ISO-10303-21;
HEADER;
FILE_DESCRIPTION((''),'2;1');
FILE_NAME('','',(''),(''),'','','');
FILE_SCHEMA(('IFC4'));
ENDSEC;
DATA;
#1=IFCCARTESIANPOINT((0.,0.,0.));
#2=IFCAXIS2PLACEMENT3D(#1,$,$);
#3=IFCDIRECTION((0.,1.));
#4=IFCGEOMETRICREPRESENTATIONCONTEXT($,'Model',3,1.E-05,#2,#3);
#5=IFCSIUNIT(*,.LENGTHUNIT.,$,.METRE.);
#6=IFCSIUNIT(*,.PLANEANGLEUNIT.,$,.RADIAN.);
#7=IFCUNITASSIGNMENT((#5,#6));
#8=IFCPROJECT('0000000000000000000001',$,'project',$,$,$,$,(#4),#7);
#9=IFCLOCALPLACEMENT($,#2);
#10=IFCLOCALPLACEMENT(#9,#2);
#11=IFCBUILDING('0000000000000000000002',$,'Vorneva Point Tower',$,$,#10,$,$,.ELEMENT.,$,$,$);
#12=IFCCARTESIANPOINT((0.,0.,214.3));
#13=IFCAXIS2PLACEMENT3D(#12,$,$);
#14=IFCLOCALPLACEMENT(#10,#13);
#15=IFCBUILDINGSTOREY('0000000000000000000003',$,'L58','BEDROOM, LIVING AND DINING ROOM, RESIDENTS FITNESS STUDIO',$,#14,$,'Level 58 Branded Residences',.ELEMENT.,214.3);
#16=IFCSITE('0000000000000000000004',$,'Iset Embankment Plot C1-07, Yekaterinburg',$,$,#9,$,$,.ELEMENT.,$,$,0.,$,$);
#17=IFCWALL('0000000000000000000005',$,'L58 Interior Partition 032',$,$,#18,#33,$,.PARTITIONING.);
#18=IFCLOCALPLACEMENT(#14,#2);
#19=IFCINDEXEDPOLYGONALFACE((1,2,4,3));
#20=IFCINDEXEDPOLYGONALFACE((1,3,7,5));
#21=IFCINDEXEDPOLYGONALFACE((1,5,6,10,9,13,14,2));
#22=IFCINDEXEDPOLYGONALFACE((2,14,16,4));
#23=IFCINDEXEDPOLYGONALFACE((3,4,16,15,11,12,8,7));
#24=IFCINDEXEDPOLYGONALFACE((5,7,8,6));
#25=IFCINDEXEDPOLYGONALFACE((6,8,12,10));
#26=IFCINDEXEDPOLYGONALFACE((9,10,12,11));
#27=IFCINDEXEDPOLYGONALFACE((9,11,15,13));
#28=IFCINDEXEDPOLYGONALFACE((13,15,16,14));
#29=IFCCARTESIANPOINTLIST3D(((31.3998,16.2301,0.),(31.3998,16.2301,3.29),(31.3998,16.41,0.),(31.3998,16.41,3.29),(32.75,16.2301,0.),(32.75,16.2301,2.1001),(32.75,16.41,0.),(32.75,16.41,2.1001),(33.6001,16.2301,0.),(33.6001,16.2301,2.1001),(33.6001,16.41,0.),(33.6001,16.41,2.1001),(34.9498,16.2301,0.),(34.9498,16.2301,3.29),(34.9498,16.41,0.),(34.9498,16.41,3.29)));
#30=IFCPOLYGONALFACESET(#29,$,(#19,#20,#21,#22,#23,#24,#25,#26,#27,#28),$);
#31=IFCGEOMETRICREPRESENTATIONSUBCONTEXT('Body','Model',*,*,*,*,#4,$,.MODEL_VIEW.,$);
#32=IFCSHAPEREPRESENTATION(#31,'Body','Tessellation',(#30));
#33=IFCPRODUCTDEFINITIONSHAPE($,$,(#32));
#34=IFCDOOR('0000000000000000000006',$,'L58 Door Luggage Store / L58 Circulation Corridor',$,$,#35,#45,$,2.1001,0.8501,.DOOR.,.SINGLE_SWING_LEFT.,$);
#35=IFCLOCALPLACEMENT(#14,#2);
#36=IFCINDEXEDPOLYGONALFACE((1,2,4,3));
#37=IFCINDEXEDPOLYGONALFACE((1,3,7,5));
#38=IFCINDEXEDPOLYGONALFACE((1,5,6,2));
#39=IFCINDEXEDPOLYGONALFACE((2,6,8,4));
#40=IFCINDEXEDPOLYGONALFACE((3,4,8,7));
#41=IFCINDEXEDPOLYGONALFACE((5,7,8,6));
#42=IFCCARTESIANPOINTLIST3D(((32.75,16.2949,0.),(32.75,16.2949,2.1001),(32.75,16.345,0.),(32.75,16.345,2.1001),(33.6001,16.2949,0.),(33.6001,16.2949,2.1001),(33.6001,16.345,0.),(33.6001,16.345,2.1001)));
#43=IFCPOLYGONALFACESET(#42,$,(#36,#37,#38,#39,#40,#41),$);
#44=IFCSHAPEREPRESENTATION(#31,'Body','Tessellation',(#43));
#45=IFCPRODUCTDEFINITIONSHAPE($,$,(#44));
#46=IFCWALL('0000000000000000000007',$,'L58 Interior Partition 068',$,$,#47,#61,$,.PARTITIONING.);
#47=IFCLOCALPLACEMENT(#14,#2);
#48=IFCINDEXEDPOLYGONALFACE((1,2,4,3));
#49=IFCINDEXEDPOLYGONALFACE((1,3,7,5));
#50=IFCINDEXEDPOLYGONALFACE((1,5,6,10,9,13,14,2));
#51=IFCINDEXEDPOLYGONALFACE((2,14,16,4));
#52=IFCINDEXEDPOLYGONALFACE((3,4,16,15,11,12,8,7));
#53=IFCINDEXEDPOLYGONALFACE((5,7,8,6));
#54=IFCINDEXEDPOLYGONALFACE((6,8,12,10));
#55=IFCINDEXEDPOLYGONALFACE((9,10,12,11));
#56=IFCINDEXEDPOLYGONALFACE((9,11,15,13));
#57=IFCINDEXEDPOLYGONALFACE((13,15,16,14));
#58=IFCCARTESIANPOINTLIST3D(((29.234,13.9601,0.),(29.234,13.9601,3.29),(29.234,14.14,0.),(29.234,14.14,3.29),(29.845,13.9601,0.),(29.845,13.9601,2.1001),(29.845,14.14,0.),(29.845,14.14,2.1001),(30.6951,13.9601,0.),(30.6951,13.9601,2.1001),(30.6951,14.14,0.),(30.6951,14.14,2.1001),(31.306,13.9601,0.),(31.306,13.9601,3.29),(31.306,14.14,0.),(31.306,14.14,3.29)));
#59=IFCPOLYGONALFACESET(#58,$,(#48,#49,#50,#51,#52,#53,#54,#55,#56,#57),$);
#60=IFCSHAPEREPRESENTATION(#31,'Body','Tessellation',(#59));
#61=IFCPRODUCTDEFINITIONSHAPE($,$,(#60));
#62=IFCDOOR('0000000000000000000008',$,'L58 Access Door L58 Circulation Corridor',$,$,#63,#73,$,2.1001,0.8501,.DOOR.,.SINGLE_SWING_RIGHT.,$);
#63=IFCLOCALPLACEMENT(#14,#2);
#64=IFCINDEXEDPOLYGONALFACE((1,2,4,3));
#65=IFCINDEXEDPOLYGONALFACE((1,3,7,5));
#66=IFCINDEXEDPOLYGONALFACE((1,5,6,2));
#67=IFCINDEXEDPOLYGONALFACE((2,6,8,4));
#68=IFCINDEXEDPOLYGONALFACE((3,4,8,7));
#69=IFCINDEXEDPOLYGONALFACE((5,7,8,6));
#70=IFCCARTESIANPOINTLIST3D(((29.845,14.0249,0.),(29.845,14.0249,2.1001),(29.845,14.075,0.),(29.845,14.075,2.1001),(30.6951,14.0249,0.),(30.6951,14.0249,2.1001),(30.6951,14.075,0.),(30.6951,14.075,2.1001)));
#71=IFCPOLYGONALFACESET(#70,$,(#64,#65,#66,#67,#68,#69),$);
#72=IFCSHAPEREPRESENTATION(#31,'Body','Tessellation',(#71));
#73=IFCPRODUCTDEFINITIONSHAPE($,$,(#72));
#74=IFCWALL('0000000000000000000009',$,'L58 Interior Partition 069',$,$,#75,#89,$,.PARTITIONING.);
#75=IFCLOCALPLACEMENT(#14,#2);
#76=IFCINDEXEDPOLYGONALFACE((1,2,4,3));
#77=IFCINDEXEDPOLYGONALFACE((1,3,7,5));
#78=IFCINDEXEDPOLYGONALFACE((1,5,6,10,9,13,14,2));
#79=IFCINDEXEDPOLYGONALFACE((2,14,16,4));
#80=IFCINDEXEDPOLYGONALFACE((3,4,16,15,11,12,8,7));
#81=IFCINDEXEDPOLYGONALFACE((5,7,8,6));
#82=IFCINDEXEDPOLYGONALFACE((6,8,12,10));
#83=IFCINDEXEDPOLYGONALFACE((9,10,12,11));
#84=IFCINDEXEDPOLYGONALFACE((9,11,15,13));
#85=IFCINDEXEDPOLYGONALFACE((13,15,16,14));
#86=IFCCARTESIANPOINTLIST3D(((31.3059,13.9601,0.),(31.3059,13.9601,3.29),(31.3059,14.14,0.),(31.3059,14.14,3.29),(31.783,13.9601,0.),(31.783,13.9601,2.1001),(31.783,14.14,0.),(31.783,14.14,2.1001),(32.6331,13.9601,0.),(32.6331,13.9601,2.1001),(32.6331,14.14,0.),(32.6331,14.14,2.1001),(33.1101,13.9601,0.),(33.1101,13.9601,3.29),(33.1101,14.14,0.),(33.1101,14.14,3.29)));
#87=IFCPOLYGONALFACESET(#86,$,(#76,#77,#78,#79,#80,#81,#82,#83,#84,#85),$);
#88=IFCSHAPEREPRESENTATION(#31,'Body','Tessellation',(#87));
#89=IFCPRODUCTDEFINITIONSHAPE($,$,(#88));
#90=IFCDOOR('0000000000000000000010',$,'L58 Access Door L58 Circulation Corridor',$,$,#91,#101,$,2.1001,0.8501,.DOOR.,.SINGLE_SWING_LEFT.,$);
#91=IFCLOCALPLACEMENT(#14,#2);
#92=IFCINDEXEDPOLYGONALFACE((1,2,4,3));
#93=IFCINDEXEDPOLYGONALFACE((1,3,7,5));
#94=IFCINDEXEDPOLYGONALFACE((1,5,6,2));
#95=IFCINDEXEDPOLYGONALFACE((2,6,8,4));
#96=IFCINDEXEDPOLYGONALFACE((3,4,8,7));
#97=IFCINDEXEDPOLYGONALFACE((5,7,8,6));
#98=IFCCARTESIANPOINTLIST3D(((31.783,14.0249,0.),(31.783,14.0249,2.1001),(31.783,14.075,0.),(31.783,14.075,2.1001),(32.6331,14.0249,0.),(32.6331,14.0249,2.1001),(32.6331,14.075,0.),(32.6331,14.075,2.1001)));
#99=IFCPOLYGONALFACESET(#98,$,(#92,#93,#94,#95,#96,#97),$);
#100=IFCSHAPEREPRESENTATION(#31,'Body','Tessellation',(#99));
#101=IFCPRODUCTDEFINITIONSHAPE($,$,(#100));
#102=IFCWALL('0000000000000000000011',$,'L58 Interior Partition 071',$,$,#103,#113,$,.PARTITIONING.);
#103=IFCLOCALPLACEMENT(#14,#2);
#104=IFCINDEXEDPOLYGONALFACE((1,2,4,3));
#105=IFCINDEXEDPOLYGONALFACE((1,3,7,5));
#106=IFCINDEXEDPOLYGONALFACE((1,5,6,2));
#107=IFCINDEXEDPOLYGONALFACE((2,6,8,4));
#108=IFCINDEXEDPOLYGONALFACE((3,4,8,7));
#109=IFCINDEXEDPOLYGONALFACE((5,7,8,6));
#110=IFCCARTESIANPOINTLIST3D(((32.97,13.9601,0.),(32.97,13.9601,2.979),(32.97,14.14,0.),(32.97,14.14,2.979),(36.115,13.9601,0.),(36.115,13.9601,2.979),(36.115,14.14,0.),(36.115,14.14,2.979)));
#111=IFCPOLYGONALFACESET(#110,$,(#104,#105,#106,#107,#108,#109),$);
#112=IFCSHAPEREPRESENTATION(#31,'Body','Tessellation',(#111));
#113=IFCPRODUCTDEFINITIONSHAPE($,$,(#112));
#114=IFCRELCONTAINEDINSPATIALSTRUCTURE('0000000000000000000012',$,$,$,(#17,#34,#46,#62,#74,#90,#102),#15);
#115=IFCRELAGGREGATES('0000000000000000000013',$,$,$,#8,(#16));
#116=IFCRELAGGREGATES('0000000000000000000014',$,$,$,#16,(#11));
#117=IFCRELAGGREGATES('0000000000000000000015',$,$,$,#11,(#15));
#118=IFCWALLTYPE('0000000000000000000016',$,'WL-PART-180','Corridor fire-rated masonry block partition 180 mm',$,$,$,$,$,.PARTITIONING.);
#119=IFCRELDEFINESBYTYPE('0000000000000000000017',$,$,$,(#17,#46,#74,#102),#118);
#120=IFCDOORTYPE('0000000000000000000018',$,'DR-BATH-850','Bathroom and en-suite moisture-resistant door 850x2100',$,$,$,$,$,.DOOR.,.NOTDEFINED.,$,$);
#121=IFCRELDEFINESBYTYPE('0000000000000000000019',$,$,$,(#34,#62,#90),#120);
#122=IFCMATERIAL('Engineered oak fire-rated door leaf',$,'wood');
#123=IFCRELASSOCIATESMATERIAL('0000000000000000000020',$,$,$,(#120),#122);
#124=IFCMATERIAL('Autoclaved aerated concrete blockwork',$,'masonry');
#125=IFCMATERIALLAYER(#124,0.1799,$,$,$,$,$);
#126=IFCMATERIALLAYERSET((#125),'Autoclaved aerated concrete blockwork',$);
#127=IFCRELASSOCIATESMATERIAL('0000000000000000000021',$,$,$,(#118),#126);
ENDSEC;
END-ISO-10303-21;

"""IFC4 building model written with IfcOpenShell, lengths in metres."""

from ifc_helpers import new_model, si_unit, direction, frame, frame_2d, origin, place, context, subcontext, project, spatial, rectangle, extrude, material, layer, layer_set, type_object, element, fill, save


model = new_model("IFC4")

# Units and contexts
model_context = context("Model", 3, precision=1e-05, world=origin(), true_north=direction((0.0, 1.0)))
body_context = subcontext(model_context, "Body", "Model", "MODEL_VIEW")
ifc_project = project(units=[si_unit("LENGTHUNIT", "METRE"), si_unit("PLANEANGLEUNIT", "RADIAN")], contexts=[model_context])

# Site, building, storey
site_placement = place(None, origin())
site = spatial("IfcSite", under=ifc_project, at=site_placement, Name="Iset Embankment Plot C1-07, Yekaterinburg", CompositionType="ELEMENT", RefElevation=0.0)
building_placement = place(site_placement, origin())
building = spatial("IfcBuilding", under=site, at=building_placement, Name="Vorneva Point Tower", CompositionType="ELEMENT")
storey_placement = place(building_placement, frame((0.0, 0.0, 214.3)))
storey = spatial("IfcBuildingStorey", under=building, at=storey_placement, Name="L58", Description="BEDROOM, LIVING AND DINING ROOM, RESIDENTS FITNESS STUDIO", LongName="Level 58 Branded Residences", CompositionType="ELEMENT", Elevation=214.3)

# Shared definitions
ifc_material_1 = material(Name="Engineered oak fire-rated door leaf", Category="wood")
door_type_1 = type_object("IfcDoorType", Name="DR-BATH-850", Description="Bathroom and en-suite moisture-resistant door 850x2100", OperationType="NOTDEFINED", PredefinedType="DOOR", material=ifc_material_1)

# Walls, openings, doors
ifc_material_2 = material(Name="Autoclaved aerated concrete blockwork", Category="masonry")
ifc_layer_1 = layer(ifc_material_2, 0.1799)
ifc_layer_set_1 = layer_set([ifc_layer_1], Name="Autoclaved aerated concrete blockwork")
wall_type_1 = type_object("IfcWallType", Name="WL-PART-180", Description="Corridor fire-rated masonry block partition 180 mm", PredefinedType="PARTITIONING", material=ifc_layer_set_1)
wall_1_placement = place(storey_placement, frame((31.3999, 16.3201, 0.0), z_axis=(0.0, 0.0, 1.0), x_axis=(1.0, 0.0, 0.0)))
wall_1 = element("IfcWall", 1, at=wall_1_placement, inside=storey, type_object=wall_type_1, Name="L58 Interior Partition 032", PredefinedType="PARTITIONING", context=body_context, shape_type="SweptSolid", body=[
    extrude(rectangle(XDim=3.55, YDim=0.1799, at=frame_2d((1.7749, 0.0))), origin(), (0.0, 0.0, 1.0), 3.29),
])
opening_1_placement = place(wall_1_placement, frame((1.3501, 0.0, 0.0)))
opening_1 = element("IfcOpeningElement", 2, at=opening_1_placement, cuts=wall_1, PredefinedType="OPENING", context=body_context, shape_type="SweptSolid", body=[
    extrude(rectangle(XDim=0.8501, YDim=2.1001, at=frame_2d((0.425, 1.05))), frame((0.0, 0.105, 0.0), z_axis=(0.0, -1.0, 0.0), x_axis=(1.0, 0.0, 0.0)), (0.0, 0.0, 1.0), 0.2097),
])
door_1_placement = place(opening_1_placement, origin())
door_1 = element("IfcDoor", 3, at=door_1_placement, inside=storey, type_object=door_type_1, Name="L58 Door Luggage Store / L58 Circulation Corridor", OperationType="SINGLE_SWING_LEFT", OverallHeight=2.1001, OverallWidth=0.8501, PredefinedType="DOOR", context=body_context, shape_type="SweptSolid", body=[
    extrude(rectangle(XDim=0.8501, YDim=2.1001, at=frame_2d((0.425, 1.05))), frame((0.0, 0.0249, 0.0), z_axis=(0.0, -1.0, 0.0), x_axis=(1.0, 0.0, 0.0)), (0.0, 0.0, 1.0), 0.05),
])
fill(opening_1, door_1)
wall_2_placement = place(storey_placement, frame((29.2339, 14.05, 0.0), z_axis=(0.0, 0.0, 1.0), x_axis=(1.0, 0.0, 0.0)))
wall_2 = element("IfcWall", 4, at=wall_2_placement, inside=storey, type_object=wall_type_1, Name="L58 Interior Partition 068", PredefinedType="PARTITIONING", context=body_context, shape_type="SweptSolid", body=[
    extrude(rectangle(XDim=2.072, YDim=0.1799, at=frame_2d((1.0361, 0.0))), origin(), (0.0, 0.0, 1.0), 3.29),
])
opening_2_placement = place(wall_2_placement, frame((0.6111, 0.0, 0.0)))
opening_2 = element("IfcOpeningElement", 5, at=opening_2_placement, cuts=wall_2, PredefinedType="OPENING", context=body_context, shape_type="SweptSolid", body=[
    extrude(rectangle(XDim=0.8501, YDim=2.1001, at=frame_2d((0.425, 1.05))), frame((0.0, 0.105, 0.0), z_axis=(0.0, -1.0, 0.0), x_axis=(1.0, 0.0, 0.0)), (0.0, 0.0, 1.0), 0.2097),
])
door_2_placement = place(opening_2_placement, origin())
door_2 = element("IfcDoor", 6, at=door_2_placement, inside=storey, type_object=door_type_1, Name="L58 Access Door L58 Circulation Corridor", OperationType="SINGLE_SWING_RIGHT", OverallHeight=2.1001, OverallWidth=0.8501, PredefinedType="DOOR", context=body_context, shape_type="SweptSolid", body=[
    extrude(rectangle(XDim=0.8501, YDim=2.1001, at=frame_2d((0.425, 1.05))), frame((0.0, 0.0249, 0.0), z_axis=(0.0, -1.0, 0.0), x_axis=(1.0, 0.0, 0.0)), (0.0, 0.0, 1.0), 0.05),
])
fill(opening_2, door_2)
wall_3_placement = place(storey_placement, frame((31.3059, 14.05, 0.0), z_axis=(0.0, 0.0, 1.0), x_axis=(1.0, 0.0, 0.0)))
wall_3 = element("IfcWall", 7, at=wall_3_placement, inside=storey, type_object=wall_type_1, Name="L58 Interior Partition 069", PredefinedType="PARTITIONING", context=body_context, shape_type="SweptSolid", body=[
    extrude(rectangle(XDim=1.8042, YDim=0.1799, at=frame_2d((0.9021, 0.0))), origin(), (0.0, 0.0, 1.0), 3.29),
])
opening_3_placement = place(wall_3_placement, frame((0.4771, 0.0, 0.0)))
opening_3 = element("IfcOpeningElement", 8, at=opening_3_placement, cuts=wall_3, PredefinedType="OPENING", context=body_context, shape_type="SweptSolid", body=[
    extrude(rectangle(XDim=0.8501, YDim=2.1001, at=frame_2d((0.425, 1.05))), frame((0.0, 0.105, 0.0), z_axis=(0.0, -1.0, 0.0), x_axis=(1.0, 0.0, 0.0)), (0.0, 0.0, 1.0), 0.2097),
])
door_3_placement = place(opening_3_placement, origin())
door_3 = element("IfcDoor", 9, at=door_3_placement, inside=storey, type_object=door_type_1, Name="L58 Access Door L58 Circulation Corridor", OperationType="SINGLE_SWING_LEFT", OverallHeight=2.1001, OverallWidth=0.8501, PredefinedType="DOOR", context=body_context, shape_type="SweptSolid", body=[
    extrude(rectangle(XDim=0.8501, YDim=2.1001, at=frame_2d((0.425, 1.05))), frame((0.0, 0.0249, 0.0), z_axis=(0.0, -1.0, 0.0), x_axis=(1.0, 0.0, 0.0)), (0.0, 0.0, 1.0), 0.05),
])
fill(opening_3, door_3)

# Wall
wall_4_placement = place(storey_placement, frame((32.97, 14.05, 0.0), z_axis=(0.0, 0.0, 1.0), x_axis=(1.0, 0.0, 0.0)))
element("IfcWall", 10, at=wall_4_placement, inside=storey, type_object=wall_type_1, Name="L58 Interior Partition 071", PredefinedType="PARTITIONING", context=body_context, shape_type="SweptSolid", body=[
    extrude(rectangle(XDim=3.145, YDim=0.1799, at=frame_2d((1.5725, 0.0))), origin(), (0.0, 0.0, 1.0), 2.979),
])

save(model, "model.ifc")
